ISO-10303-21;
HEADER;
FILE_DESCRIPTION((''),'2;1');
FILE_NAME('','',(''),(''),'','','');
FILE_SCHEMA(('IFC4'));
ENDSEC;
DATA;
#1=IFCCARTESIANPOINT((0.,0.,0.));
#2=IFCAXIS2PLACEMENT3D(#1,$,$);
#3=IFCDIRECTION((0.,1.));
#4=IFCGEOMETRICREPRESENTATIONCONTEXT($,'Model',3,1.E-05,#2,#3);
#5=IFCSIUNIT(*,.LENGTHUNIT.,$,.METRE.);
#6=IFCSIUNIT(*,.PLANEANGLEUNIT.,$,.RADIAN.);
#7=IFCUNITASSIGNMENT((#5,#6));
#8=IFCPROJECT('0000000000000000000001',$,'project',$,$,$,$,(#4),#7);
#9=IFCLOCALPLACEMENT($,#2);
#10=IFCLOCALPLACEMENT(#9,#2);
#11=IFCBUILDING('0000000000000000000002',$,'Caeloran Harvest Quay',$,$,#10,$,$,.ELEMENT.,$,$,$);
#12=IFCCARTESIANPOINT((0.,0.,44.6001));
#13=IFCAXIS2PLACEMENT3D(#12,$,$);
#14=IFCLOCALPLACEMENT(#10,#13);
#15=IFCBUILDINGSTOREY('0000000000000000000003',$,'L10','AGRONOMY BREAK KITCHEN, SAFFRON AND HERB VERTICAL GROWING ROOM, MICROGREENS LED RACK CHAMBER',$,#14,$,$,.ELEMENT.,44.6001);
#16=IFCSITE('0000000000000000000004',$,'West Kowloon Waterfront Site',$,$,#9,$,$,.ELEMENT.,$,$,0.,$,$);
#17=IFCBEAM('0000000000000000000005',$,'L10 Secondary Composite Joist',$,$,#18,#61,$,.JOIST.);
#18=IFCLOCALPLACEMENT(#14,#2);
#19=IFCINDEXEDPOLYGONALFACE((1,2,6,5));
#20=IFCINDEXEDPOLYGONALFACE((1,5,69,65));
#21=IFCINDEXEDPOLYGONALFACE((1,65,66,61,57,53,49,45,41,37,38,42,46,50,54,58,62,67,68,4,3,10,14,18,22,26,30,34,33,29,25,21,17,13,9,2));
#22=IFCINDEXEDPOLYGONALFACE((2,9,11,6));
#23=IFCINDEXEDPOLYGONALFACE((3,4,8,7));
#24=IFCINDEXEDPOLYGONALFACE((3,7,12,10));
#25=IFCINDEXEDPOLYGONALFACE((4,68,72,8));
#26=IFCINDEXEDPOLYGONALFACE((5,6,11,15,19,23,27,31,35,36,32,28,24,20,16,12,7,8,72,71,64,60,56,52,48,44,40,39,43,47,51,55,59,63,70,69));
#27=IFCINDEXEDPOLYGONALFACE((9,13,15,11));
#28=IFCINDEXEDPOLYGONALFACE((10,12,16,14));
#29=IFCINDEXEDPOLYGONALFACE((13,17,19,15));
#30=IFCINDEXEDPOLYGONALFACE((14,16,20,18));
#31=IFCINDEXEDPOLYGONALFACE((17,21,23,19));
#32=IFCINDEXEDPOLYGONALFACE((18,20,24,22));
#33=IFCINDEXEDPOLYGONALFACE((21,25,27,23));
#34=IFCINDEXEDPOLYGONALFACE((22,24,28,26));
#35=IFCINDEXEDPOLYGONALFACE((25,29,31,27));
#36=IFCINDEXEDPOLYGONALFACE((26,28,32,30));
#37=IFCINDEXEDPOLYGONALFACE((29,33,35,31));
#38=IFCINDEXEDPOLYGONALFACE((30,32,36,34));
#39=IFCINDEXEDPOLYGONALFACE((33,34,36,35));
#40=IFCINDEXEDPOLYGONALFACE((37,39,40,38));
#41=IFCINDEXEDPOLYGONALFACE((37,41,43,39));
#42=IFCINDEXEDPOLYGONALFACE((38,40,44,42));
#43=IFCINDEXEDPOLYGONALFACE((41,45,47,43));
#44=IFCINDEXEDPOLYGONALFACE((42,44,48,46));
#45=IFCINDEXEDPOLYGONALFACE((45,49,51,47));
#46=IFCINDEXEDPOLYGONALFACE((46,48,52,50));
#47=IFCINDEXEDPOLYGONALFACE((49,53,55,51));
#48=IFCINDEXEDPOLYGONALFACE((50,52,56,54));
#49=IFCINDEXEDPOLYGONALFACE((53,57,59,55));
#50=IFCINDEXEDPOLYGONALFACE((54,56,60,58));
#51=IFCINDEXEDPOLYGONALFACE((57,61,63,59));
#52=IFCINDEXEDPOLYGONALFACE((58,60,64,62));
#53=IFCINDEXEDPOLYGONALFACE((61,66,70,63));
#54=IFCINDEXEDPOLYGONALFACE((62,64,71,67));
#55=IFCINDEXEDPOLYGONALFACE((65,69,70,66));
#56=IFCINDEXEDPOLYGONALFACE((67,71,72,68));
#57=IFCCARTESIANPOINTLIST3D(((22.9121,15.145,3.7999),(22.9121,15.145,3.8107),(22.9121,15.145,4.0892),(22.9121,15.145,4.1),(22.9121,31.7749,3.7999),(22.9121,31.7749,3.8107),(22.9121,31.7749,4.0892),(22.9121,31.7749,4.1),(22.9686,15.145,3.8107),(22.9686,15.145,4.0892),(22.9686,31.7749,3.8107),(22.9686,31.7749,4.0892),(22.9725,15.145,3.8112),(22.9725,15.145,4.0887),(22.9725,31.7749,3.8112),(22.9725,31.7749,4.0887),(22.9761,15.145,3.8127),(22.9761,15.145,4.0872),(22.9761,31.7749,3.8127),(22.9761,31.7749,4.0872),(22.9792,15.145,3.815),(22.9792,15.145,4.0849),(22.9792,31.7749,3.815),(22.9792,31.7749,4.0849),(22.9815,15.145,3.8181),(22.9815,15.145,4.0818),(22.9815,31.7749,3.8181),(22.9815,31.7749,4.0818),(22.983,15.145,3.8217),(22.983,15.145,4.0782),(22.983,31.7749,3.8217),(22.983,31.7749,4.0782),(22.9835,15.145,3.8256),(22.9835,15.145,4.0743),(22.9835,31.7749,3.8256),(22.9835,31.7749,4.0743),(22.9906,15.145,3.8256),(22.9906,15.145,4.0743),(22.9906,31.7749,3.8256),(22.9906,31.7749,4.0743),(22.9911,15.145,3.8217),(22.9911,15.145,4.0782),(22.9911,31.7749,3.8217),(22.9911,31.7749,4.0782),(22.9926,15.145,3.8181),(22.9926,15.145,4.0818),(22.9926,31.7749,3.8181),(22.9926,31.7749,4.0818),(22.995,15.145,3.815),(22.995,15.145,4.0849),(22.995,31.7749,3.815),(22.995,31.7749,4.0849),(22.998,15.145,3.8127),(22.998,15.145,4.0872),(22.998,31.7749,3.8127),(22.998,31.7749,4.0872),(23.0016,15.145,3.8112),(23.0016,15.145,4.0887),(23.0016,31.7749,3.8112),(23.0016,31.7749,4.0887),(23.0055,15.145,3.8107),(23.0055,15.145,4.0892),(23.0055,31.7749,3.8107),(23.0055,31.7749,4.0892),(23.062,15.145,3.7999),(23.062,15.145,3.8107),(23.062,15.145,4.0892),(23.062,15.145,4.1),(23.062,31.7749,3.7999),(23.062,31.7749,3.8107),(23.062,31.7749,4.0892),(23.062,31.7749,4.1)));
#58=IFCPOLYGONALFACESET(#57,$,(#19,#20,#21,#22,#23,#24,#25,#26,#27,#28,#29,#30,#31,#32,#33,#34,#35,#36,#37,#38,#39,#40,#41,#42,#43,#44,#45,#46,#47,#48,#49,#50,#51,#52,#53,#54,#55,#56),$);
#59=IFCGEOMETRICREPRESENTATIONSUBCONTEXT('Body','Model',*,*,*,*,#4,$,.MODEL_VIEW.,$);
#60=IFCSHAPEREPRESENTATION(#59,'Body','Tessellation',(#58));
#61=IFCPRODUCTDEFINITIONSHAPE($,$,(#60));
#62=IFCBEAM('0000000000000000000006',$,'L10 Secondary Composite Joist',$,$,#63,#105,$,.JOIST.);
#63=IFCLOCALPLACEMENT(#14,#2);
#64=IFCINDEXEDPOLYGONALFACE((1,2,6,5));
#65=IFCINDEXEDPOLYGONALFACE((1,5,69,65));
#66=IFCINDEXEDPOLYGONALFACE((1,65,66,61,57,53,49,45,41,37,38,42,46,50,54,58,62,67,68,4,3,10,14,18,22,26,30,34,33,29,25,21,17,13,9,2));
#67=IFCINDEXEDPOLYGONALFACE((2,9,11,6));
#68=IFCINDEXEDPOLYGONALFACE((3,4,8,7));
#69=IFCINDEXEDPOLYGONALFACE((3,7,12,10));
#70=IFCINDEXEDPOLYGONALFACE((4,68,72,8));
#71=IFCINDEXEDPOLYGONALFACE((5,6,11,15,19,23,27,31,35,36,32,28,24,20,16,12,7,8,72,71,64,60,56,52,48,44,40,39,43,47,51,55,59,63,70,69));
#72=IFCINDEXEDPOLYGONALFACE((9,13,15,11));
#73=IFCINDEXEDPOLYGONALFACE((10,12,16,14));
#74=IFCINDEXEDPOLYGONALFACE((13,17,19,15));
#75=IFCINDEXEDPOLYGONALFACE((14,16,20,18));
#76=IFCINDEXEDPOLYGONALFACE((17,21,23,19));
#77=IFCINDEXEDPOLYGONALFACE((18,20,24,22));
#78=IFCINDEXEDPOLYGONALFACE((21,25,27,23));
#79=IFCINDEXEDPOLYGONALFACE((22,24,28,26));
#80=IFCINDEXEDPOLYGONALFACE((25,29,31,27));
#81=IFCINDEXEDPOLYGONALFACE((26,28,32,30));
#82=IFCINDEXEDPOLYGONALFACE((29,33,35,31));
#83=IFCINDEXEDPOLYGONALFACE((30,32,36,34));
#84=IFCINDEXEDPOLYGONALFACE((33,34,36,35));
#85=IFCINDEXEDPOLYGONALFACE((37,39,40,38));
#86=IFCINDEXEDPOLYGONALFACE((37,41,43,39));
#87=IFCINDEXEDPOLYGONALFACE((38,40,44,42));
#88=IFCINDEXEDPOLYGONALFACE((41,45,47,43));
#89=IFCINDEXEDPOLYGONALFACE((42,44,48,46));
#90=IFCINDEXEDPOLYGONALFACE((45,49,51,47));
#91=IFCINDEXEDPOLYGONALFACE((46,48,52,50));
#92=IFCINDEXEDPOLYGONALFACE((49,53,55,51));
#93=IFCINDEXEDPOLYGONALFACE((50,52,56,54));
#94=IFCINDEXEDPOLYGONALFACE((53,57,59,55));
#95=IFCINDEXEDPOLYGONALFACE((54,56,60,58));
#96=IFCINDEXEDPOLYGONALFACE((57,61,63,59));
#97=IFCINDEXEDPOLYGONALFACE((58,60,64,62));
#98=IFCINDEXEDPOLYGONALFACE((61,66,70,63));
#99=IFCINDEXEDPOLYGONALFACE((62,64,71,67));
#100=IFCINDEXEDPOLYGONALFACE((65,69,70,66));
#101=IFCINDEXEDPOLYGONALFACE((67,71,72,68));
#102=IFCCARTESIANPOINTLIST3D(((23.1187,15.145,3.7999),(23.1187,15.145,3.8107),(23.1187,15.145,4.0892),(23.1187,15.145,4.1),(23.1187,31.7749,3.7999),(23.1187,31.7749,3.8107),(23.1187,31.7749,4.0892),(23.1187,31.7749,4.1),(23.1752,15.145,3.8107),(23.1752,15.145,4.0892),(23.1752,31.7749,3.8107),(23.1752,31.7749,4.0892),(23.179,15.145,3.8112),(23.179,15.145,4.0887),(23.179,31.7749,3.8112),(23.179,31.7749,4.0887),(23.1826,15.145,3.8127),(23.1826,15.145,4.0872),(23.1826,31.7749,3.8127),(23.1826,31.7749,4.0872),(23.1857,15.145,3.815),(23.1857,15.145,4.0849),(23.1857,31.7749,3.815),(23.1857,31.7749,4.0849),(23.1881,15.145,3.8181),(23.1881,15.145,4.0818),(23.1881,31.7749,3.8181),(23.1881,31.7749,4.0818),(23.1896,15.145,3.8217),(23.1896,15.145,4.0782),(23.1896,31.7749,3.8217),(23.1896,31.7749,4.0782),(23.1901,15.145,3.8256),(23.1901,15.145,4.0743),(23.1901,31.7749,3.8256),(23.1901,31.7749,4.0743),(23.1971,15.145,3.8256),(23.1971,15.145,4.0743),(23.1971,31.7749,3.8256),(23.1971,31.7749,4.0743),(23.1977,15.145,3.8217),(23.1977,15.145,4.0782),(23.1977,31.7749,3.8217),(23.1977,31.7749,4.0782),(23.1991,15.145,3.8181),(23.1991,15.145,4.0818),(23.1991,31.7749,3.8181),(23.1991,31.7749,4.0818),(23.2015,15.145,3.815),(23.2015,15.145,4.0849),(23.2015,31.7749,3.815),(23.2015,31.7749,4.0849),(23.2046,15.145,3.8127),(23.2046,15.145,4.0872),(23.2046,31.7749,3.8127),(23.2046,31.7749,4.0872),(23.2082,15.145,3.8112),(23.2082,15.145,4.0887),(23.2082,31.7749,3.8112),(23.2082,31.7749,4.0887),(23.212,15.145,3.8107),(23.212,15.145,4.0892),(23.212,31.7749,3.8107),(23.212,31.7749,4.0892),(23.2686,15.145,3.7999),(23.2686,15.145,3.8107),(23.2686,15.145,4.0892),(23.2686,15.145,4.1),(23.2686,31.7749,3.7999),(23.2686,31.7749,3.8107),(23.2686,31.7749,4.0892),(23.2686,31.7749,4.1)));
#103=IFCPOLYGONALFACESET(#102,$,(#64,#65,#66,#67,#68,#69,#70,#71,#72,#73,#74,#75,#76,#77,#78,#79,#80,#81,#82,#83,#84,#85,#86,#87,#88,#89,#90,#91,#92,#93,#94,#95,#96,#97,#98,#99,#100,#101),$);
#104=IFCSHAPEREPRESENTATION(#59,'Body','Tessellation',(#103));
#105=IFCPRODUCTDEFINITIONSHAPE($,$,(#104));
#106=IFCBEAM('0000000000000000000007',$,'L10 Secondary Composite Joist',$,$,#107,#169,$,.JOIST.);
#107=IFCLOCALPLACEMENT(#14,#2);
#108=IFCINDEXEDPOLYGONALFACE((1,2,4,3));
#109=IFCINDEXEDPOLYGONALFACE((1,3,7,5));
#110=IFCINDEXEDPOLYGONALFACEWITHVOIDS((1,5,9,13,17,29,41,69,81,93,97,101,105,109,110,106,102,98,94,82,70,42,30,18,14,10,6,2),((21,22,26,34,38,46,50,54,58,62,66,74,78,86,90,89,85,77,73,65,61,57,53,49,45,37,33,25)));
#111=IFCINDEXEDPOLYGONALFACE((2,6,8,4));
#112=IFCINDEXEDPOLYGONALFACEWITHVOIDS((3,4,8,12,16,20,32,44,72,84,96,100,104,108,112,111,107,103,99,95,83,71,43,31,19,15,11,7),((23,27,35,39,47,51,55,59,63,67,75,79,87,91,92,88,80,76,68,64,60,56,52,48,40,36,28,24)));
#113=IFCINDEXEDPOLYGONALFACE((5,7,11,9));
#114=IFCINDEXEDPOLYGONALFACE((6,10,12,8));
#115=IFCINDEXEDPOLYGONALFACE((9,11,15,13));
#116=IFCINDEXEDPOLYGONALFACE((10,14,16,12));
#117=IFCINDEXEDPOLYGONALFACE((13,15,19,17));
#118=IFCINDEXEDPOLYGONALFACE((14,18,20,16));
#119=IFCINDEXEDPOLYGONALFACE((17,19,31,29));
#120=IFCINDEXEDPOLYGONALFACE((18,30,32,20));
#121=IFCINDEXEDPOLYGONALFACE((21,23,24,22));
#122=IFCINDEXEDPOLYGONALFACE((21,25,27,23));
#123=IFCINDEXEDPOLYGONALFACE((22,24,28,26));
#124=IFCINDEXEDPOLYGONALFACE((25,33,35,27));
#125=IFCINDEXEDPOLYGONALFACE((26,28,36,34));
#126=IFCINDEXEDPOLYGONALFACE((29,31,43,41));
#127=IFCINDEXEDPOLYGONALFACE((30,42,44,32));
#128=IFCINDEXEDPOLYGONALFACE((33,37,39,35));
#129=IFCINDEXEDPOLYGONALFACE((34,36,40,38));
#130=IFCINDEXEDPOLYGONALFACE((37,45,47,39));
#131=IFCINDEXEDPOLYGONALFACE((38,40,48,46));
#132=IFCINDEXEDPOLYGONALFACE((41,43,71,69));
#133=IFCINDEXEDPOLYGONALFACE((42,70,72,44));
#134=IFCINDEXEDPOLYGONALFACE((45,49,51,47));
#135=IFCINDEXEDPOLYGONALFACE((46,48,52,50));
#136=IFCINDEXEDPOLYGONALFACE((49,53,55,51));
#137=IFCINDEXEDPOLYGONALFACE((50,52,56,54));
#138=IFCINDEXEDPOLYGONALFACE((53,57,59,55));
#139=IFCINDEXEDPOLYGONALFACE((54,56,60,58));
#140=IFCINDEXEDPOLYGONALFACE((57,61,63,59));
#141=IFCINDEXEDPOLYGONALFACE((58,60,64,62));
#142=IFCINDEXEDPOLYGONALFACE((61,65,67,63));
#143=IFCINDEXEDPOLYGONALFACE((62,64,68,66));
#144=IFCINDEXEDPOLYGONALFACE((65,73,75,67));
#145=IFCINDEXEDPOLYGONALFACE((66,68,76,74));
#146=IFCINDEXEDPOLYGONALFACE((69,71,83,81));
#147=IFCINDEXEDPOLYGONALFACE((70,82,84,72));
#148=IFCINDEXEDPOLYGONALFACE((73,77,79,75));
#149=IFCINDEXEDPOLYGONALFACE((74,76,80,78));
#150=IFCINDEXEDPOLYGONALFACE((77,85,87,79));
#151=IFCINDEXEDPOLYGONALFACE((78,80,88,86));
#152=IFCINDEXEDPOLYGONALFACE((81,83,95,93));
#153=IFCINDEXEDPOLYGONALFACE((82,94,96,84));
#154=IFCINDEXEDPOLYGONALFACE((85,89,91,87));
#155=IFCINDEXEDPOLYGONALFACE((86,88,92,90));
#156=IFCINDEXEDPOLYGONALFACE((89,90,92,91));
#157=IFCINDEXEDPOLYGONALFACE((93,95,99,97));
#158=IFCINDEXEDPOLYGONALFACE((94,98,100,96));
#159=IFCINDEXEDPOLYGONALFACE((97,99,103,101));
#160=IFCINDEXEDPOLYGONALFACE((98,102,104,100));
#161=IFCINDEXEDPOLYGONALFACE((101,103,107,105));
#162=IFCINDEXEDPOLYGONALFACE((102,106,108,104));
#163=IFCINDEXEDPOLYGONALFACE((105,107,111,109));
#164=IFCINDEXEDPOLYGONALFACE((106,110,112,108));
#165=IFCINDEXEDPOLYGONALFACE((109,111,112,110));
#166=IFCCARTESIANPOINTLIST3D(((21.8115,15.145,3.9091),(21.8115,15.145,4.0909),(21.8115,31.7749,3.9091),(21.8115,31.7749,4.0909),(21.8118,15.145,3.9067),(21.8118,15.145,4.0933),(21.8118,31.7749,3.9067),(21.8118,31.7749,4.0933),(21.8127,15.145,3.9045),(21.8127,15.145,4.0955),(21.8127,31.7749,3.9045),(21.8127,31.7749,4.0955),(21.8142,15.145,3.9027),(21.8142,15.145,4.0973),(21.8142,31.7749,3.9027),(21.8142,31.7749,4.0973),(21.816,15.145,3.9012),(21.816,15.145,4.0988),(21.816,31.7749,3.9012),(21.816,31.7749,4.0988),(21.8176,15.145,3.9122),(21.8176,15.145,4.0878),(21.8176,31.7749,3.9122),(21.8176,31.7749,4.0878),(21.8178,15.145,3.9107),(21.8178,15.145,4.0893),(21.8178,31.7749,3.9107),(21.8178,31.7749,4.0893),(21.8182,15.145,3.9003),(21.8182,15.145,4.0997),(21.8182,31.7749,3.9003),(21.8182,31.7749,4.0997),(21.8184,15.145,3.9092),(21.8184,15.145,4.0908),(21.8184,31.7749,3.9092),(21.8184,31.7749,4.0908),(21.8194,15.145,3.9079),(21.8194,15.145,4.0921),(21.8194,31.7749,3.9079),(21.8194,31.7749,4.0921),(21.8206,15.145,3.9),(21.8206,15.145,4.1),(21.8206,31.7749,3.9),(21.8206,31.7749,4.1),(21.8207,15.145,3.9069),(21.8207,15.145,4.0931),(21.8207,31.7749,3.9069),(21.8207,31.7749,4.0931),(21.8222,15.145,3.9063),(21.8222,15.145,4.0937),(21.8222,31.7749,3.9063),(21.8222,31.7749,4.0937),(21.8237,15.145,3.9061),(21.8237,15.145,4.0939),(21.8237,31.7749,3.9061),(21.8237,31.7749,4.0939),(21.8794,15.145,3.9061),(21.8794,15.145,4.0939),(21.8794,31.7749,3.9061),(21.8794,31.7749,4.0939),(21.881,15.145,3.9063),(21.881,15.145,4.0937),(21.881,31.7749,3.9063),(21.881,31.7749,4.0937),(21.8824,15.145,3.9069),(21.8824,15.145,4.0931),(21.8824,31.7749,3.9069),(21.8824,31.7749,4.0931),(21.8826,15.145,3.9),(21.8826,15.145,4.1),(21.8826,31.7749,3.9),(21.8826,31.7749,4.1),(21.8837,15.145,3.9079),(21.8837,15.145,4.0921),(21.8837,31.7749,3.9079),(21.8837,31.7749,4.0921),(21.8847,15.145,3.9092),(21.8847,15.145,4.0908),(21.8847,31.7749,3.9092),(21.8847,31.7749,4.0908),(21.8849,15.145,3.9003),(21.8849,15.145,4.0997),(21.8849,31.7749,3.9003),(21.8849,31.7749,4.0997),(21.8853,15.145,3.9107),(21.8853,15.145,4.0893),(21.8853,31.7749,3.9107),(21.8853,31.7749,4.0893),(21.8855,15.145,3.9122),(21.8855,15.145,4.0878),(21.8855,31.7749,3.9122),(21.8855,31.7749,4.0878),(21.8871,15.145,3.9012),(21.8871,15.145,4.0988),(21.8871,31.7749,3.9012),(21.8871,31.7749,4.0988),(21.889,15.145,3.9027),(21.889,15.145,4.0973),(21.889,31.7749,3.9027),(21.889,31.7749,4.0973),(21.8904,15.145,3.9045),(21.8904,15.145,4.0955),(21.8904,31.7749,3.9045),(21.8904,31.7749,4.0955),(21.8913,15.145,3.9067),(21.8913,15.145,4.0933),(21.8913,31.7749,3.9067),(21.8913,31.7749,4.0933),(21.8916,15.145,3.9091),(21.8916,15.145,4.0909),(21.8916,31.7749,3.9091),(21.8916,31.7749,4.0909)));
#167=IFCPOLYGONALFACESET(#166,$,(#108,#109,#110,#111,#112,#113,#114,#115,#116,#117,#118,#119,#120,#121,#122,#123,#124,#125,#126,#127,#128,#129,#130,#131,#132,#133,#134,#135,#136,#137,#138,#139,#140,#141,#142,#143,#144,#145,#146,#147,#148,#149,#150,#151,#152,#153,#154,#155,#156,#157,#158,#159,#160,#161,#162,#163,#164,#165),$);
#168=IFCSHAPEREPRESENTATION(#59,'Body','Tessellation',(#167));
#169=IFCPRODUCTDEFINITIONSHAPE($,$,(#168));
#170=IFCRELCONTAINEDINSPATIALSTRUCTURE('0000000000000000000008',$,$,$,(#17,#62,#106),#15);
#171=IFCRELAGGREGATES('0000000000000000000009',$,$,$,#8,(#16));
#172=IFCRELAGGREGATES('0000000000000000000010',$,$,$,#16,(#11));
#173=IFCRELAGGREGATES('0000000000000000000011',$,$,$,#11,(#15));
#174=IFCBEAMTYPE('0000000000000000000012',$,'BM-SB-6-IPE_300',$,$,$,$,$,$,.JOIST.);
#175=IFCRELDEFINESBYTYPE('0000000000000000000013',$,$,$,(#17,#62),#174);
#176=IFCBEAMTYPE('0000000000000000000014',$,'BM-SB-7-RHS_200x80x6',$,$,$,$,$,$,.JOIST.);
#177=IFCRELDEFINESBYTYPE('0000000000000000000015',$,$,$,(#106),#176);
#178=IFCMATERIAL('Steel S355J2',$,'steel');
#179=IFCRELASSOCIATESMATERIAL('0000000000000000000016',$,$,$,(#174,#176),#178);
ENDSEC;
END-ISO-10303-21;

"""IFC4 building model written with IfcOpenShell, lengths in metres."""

from ifc_helpers import new_model, si_unit, direction, frame, origin, origin_2d, place, context, subcontext, project, spatial, hollow_rectangle, i_section, extrude, material, material_profile, profile_set, type_object, element, save


model = new_model("IFC4")

# Units and contexts
model_context = context("Model", 3, precision=1e-05, world=origin(), true_north=direction((0.0, 1.0)))
body_context = subcontext(model_context, "Body", "Model", "MODEL_VIEW")
ifc_project = project(units=[si_unit("LENGTHUNIT", "METRE"), si_unit("PLANEANGLEUNIT", "RADIAN")], contexts=[model_context])

# Site, building, storey
site_placement = place(None, origin())
site = spatial("IfcSite", under=ifc_project, at=site_placement, Name="West Kowloon Waterfront Site", CompositionType="ELEMENT", RefElevation=0.0)
building_placement = place(site_placement, origin())
building = spatial("IfcBuilding", under=site, at=building_placement, Name="Caeloran Harvest Quay", CompositionType="ELEMENT")
storey_placement = place(building_placement, frame((0.0, 0.0, 44.6001)))
storey = spatial("IfcBuildingStorey", under=building, at=storey_placement, Name="L10", Description="AGRONOMY BREAK KITCHEN, SAFFRON AND HERB VERTICAL GROWING ROOM, MICROGREENS LED RACK CHAMBER", CompositionType="ELEMENT", Elevation=44.6001)

# Beams
ifc_material_1 = material(Name="Steel S355J2", Category="steel")
ifc_material_profile_1 = material_profile(ifc_material_1, i_section(OverallWidth=0.1499, OverallDepth=0.3, WebThickness=0.0071, FlangeThickness=0.0107, FilletRadius=0.0149, at=origin_2d()), Name="IPE 300")
ifc_profile_set_1 = profile_set([ifc_material_profile_1], Name="Steel S355J2")
beam_type_1 = type_object("IfcBeamType", Name="BM-SB-6-IPE_300", PredefinedType="JOIST", material=ifc_profile_set_1)
for number, where, z_axis, x_axis, name in (
    (1, (22.9871, 15.145, 3.95), (0.0, 1.0, 0.0), (-1.0, 0.0, 0.0), "L10 Secondary Composite Joist"),
    (2, (23.1936, 15.145, 3.95), (0.0, 1.0, 0.0), (-1.0, 0.0, 0.0), "L10 Secondary Composite Joist"),
):
    element("IfcBeam", number, at=place(storey_placement, frame(where, z_axis=z_axis, x_axis=x_axis)), inside=storey, type_object=beam_type_1, Name=name, PredefinedType="JOIST", context=body_context, shape_type="SweptSolid", body=[
        extrude(i_section(OverallWidth=0.1499, OverallDepth=0.3, WebThickness=0.0071, FlangeThickness=0.0107, FilletRadius=0.0149, at=origin_2d()), origin(), (0.0, 0.0, 1.0), 16.6299),
    ])
ifc_material_profile_2 = material_profile(ifc_material_1, hollow_rectangle(XDim=0.0801, YDim=0.2, WallThickness=0.0061, InnerFilletRadius=0.0061, OuterFilletRadius=0.009, at=origin_2d()), Name="RHS 200x80x6")
ifc_profile_set_2 = profile_set([ifc_material_profile_2], Name="Steel S355J2")
beam_type_2 = type_object("IfcBeamType", Name="BM-SB-7-RHS_200x80x6", PredefinedType="JOIST", material=ifc_profile_set_2)
for number, where, z_axis, x_axis, name in (
    (3, (21.8516, 15.145, 4.0), (0.0, 1.0, 0.0), (-1.0, 0.0, 0.0), "L10 Secondary Composite Joist"),
):
    element("IfcBeam", number, at=place(storey_placement, frame(where, z_axis=z_axis, x_axis=x_axis)), inside=storey, type_object=beam_type_2, Name=name, PredefinedType="JOIST", context=body_context, shape_type="SweptSolid", body=[
        extrude(hollow_rectangle(XDim=0.0801, YDim=0.2, WallThickness=0.0061, InnerFilletRadius=0.0061, OuterFilletRadius=0.009, at=origin_2d()), origin(), (0.0, 0.0, 1.0), 16.6299),
    ])

save(model, "model.ifc")
